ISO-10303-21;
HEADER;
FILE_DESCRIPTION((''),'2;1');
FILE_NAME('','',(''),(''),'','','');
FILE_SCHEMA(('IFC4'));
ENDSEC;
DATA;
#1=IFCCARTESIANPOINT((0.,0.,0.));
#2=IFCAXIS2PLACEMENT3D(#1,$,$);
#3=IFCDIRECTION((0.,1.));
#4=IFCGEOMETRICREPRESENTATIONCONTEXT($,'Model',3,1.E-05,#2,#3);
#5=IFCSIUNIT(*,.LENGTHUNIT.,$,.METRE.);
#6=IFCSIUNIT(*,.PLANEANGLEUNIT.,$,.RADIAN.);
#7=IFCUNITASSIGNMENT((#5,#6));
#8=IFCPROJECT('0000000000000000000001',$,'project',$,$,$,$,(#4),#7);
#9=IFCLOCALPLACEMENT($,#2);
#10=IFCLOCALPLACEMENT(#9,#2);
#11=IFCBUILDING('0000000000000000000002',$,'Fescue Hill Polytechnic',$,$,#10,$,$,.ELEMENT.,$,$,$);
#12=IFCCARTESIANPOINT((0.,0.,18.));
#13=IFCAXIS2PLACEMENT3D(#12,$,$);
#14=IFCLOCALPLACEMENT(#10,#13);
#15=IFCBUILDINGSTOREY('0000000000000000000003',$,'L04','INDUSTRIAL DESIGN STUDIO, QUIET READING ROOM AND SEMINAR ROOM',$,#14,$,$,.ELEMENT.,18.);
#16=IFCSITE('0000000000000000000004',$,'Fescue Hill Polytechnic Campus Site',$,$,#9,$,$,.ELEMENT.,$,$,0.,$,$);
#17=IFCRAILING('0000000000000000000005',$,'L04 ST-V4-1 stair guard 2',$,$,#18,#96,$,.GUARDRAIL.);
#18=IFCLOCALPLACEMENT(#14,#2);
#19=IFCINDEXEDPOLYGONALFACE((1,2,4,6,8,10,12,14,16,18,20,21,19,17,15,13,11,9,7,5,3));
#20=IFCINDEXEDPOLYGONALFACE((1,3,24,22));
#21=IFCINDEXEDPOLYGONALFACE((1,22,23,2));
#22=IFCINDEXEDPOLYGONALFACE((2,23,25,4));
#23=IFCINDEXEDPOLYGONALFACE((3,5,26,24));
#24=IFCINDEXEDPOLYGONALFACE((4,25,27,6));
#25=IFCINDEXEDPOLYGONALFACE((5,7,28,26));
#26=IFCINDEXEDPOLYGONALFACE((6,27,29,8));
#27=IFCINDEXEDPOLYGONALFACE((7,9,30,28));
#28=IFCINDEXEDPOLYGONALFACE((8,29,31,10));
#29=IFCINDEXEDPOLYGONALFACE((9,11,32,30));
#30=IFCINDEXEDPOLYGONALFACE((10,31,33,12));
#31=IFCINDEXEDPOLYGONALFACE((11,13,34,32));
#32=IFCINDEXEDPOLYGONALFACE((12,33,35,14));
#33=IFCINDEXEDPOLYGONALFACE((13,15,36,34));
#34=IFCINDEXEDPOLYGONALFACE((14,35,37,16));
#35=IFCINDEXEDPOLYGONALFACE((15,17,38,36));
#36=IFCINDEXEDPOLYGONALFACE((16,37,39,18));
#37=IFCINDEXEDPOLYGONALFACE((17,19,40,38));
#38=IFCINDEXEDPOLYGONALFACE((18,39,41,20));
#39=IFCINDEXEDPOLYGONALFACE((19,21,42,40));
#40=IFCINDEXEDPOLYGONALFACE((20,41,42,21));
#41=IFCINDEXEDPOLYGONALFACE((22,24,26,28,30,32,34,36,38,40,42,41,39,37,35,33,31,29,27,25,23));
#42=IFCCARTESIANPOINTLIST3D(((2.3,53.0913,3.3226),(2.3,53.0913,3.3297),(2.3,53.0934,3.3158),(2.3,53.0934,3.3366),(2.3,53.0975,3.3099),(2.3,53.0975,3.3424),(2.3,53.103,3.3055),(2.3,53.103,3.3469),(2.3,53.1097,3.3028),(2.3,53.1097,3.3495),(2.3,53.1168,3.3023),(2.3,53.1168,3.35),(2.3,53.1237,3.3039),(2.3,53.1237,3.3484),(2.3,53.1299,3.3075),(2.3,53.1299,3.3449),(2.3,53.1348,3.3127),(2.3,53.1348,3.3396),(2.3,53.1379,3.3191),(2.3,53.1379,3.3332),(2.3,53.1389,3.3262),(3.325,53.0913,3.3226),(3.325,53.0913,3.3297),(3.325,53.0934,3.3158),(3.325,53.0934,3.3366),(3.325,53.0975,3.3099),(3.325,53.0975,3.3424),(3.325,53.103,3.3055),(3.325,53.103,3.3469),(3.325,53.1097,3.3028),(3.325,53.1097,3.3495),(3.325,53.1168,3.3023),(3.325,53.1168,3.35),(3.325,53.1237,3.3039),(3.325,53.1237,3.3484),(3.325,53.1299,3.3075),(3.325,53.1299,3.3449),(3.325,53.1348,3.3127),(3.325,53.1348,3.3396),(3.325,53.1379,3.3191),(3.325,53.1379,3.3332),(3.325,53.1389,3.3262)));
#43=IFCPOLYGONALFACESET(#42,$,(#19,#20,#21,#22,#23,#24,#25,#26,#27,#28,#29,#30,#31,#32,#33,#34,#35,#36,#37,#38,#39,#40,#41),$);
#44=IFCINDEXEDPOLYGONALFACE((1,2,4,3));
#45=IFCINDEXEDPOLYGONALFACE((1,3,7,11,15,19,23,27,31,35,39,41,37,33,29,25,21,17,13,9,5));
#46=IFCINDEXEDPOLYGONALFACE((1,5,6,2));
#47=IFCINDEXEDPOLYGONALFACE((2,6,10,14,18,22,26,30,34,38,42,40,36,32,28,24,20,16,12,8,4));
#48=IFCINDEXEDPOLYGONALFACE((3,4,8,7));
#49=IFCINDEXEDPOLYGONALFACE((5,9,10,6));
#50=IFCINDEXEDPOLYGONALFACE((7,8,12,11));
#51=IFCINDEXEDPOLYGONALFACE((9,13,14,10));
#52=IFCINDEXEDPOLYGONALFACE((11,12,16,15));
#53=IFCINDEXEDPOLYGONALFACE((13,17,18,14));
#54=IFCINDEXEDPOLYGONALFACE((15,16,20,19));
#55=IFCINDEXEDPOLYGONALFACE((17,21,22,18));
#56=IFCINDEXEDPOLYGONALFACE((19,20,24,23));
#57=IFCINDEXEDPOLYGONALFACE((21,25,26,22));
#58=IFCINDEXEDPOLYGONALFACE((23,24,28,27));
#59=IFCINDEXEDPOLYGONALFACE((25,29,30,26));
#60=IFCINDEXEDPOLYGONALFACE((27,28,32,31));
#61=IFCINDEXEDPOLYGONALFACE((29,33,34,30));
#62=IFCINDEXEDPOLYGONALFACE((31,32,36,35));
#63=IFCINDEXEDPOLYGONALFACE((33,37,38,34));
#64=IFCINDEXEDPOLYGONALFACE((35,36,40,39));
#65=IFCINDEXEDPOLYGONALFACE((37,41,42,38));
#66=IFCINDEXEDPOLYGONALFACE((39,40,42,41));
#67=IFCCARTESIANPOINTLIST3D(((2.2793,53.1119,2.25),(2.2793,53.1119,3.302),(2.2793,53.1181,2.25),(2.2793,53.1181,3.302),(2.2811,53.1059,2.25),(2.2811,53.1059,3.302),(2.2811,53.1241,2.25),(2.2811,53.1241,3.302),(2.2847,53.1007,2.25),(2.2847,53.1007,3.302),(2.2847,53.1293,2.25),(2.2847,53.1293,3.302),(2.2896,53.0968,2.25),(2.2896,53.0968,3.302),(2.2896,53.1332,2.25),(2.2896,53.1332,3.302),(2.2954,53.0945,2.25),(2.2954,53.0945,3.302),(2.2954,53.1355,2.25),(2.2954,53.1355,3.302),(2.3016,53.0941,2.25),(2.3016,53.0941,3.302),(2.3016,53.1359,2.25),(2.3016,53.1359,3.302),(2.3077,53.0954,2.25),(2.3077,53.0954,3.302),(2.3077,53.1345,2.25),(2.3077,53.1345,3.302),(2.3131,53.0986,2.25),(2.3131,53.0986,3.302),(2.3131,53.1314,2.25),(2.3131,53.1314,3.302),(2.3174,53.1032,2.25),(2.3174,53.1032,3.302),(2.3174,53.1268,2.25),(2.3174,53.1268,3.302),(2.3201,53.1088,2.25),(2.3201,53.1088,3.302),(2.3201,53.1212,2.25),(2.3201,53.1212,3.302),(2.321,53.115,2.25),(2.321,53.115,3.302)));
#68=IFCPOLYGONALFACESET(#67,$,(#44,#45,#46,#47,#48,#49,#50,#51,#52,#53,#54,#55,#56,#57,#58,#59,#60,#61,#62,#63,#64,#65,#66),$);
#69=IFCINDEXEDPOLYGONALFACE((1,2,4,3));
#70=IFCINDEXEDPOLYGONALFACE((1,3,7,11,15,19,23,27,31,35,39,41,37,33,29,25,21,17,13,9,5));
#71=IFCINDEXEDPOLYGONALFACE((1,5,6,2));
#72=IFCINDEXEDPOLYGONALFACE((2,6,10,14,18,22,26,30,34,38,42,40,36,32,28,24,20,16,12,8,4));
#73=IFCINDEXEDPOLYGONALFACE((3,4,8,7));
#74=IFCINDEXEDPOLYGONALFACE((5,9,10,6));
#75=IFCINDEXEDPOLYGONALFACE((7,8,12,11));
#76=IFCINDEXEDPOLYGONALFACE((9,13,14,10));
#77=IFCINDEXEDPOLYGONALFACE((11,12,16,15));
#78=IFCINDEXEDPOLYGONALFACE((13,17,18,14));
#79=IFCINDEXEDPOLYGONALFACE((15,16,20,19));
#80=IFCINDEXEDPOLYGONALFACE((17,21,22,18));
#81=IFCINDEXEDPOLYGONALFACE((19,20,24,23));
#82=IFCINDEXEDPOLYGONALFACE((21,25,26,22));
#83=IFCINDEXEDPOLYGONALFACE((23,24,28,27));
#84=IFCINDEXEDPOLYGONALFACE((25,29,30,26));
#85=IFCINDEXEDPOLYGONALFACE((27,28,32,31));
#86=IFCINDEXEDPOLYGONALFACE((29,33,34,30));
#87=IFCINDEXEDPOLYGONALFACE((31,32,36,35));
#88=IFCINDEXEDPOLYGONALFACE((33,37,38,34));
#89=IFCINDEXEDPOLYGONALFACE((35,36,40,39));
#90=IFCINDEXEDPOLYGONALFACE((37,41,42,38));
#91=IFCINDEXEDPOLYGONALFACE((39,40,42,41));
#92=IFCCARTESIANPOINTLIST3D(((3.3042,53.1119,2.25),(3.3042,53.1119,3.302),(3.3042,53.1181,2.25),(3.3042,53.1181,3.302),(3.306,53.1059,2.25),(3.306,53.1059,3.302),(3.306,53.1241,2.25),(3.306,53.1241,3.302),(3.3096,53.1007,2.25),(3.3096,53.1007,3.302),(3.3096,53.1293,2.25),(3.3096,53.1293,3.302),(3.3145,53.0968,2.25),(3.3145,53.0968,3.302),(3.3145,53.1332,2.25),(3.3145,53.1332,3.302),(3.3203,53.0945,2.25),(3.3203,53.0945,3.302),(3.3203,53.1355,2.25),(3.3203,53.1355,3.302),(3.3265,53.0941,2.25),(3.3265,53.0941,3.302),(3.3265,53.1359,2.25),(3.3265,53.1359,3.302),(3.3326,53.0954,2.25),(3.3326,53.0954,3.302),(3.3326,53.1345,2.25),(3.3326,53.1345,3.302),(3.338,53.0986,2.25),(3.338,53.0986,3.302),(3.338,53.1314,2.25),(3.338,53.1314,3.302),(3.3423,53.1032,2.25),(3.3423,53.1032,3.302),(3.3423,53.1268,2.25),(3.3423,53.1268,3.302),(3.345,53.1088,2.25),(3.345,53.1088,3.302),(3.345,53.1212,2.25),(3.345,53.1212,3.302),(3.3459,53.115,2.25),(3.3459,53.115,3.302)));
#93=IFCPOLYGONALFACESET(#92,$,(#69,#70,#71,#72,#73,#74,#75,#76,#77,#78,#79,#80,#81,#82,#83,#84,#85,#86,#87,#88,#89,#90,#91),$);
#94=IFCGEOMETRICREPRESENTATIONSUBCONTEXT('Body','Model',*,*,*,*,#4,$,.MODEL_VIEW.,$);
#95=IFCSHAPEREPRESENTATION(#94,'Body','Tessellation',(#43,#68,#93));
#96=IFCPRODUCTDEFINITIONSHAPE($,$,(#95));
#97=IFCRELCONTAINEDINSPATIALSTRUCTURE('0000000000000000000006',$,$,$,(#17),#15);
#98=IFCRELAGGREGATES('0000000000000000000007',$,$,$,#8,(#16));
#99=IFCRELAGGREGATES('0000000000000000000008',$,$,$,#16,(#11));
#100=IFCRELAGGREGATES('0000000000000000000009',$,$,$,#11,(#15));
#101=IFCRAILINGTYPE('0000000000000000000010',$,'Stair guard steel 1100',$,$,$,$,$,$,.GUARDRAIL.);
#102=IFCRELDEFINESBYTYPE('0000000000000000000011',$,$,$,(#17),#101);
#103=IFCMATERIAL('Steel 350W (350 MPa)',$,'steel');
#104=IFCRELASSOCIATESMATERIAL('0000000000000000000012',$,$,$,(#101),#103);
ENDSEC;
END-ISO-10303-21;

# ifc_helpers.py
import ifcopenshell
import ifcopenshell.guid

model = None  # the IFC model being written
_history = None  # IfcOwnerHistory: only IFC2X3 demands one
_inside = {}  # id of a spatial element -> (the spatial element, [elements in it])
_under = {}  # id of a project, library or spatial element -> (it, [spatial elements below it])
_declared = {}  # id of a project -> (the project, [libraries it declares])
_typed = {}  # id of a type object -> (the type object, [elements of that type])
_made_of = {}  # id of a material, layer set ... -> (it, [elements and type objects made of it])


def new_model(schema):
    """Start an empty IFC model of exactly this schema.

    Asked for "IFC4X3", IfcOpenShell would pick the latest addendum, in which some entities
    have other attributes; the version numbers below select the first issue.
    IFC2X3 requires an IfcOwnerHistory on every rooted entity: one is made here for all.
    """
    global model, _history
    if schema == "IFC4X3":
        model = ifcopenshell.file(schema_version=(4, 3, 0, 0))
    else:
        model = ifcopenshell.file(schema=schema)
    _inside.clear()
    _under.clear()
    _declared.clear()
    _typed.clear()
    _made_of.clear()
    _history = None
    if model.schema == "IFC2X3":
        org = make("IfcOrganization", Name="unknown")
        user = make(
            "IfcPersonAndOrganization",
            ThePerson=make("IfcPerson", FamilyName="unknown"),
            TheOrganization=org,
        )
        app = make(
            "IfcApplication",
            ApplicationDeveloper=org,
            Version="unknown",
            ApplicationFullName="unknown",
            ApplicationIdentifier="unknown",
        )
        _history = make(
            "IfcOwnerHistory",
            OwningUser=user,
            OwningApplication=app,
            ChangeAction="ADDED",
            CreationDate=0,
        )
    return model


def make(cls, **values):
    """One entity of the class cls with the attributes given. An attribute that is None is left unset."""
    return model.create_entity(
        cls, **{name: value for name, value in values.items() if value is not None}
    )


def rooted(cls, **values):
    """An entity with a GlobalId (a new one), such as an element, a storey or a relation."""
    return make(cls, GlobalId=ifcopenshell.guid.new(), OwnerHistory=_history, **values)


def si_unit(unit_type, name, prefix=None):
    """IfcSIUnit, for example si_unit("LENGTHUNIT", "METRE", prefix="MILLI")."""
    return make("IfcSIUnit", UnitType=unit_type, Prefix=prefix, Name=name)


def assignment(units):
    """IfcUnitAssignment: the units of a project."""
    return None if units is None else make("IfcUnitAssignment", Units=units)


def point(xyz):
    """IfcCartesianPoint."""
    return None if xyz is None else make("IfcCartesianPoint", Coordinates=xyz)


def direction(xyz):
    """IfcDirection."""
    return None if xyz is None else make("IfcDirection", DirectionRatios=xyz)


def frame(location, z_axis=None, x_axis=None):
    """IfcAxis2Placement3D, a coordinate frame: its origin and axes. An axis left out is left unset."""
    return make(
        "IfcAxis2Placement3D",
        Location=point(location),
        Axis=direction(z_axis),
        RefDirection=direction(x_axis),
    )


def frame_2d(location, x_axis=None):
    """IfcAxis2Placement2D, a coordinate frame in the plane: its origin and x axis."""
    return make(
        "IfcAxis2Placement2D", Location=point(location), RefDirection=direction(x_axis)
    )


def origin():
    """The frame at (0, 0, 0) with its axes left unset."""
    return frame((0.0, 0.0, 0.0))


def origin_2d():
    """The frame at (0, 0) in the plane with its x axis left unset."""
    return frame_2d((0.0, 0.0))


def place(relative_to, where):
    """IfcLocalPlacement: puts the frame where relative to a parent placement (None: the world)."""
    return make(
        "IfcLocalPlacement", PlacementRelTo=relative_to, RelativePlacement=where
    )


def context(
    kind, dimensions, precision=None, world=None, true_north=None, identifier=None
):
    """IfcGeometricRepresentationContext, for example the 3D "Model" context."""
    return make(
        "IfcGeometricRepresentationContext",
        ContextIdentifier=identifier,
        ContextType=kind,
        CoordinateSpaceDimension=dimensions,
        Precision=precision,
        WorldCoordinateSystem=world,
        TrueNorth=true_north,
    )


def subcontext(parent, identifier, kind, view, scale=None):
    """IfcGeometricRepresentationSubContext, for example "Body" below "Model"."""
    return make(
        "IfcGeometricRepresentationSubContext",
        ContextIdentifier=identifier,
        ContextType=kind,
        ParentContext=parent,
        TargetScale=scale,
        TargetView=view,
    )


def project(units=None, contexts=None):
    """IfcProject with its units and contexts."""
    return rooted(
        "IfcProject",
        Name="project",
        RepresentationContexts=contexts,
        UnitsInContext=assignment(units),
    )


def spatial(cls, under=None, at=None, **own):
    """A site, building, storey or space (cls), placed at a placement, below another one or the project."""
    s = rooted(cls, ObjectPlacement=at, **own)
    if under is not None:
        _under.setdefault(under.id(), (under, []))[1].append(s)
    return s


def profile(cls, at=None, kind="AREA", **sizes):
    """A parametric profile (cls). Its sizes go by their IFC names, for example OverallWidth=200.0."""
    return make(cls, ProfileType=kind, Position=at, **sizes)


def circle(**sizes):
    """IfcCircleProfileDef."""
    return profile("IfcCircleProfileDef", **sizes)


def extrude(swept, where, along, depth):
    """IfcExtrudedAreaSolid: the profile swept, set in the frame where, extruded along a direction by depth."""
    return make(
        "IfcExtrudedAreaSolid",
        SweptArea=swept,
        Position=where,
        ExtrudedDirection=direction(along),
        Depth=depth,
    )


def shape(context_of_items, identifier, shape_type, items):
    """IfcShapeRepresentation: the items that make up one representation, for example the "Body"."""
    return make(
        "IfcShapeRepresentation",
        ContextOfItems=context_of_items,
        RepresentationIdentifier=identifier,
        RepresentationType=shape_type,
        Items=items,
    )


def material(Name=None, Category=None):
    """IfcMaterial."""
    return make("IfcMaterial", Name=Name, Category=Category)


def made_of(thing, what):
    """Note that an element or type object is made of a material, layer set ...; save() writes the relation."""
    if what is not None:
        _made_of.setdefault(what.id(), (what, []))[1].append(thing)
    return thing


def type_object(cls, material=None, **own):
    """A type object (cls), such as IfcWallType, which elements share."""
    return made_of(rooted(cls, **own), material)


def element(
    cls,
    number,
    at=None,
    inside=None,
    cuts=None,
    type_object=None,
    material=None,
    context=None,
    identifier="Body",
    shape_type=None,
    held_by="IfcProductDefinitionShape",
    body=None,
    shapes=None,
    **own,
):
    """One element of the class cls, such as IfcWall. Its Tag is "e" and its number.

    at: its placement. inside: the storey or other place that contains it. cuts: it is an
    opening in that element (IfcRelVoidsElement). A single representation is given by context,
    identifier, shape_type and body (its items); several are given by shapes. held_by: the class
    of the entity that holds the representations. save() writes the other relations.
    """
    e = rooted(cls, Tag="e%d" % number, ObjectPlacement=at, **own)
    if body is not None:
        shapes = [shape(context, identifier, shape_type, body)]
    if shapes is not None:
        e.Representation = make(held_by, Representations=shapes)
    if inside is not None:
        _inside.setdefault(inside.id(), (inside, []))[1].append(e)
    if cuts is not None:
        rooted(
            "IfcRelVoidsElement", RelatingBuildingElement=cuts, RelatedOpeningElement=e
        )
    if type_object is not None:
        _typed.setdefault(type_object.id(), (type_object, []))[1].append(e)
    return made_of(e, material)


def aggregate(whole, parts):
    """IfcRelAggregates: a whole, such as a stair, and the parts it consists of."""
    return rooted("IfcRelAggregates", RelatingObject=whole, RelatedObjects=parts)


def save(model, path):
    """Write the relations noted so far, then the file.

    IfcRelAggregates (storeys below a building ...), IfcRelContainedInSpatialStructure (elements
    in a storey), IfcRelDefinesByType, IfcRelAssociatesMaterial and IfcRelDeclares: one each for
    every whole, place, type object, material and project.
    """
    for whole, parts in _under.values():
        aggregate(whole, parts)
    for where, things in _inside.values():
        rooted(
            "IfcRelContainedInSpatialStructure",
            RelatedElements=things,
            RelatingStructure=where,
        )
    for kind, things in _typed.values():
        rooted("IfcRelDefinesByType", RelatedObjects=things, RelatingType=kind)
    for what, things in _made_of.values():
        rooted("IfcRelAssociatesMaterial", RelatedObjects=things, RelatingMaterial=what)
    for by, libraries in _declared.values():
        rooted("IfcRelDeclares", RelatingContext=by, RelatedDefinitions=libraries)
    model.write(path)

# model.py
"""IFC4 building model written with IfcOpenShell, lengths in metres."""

from ifc_helpers import new_model, si_unit, direction, frame, origin, origin_2d, place, context, subcontext, project, spatial, circle, extrude, material, type_object, element, save


model = new_model("IFC4")

# Units and contexts
model_context = context("Model", 3, precision=1e-05, world=origin(), true_north=direction((0.0, 1.0)))
body_context = subcontext(model_context, "Body", "Model", "MODEL_VIEW")
ifc_project = project(units=[si_unit("LENGTHUNIT", "METRE"), si_unit("PLANEANGLEUNIT", "RADIAN")], contexts=[model_context])

# Site, building, storey
site_placement = place(None, origin())
site = spatial("IfcSite", under=ifc_project, at=site_placement, Name="Fescue Hill Polytechnic Campus Site", CompositionType="ELEMENT", RefElevation=0.0)
building_placement = place(site_placement, origin())
building = spatial("IfcBuilding", under=site, at=building_placement, Name="Fescue Hill Polytechnic", CompositionType="ELEMENT")
storey_placement = place(building_placement, frame((0.0, 0.0, 18.0)))
storey = spatial("IfcBuildingStorey", under=building, at=storey_placement, Name="L04", Description="INDUSTRIAL DESIGN STUDIO, QUIET READING ROOM AND SEMINAR ROOM", CompositionType="ELEMENT", Elevation=18.0)

# Railing
ifc_material_1 = material(Name="Steel 350W (350 MPa)", Category="steel")
railing_type_1 = type_object("IfcRailingType", Name="Stair guard steel 1100", PredefinedType="GUARDRAIL", material=ifc_material_1)
railing_1_placement = place(storey_placement, frame((2.3, 53.115, 2.25)))
element("IfcRailing", 1, at=railing_1_placement, inside=storey, type_object=railing_type_1, Name="L04 ST-V4-1 stair guard 2", PredefinedType="GUARDRAIL", context=body_context, shape_type="SweptSolid", body=[
    extrude(circle(Radius=0.0239, at=origin_2d()), frame((0.0, 0.0, 1.0762), z_axis=(1.0, 0.0, 0.0), x_axis=(0.0, 1.0, 0.0)), (0.0, 0.0, 1.0), 1.0249),
    extrude(circle(Radius=0.021, at=origin_2d()), origin(), (0.0, 0.0, 1.0), 1.052),
    extrude(circle(Radius=0.021, at=origin_2d()), frame((1.0249, 0.0, 0.0)), (0.0, 0.0, 1.0), 1.052),
])

save(model, "model.ifc")
